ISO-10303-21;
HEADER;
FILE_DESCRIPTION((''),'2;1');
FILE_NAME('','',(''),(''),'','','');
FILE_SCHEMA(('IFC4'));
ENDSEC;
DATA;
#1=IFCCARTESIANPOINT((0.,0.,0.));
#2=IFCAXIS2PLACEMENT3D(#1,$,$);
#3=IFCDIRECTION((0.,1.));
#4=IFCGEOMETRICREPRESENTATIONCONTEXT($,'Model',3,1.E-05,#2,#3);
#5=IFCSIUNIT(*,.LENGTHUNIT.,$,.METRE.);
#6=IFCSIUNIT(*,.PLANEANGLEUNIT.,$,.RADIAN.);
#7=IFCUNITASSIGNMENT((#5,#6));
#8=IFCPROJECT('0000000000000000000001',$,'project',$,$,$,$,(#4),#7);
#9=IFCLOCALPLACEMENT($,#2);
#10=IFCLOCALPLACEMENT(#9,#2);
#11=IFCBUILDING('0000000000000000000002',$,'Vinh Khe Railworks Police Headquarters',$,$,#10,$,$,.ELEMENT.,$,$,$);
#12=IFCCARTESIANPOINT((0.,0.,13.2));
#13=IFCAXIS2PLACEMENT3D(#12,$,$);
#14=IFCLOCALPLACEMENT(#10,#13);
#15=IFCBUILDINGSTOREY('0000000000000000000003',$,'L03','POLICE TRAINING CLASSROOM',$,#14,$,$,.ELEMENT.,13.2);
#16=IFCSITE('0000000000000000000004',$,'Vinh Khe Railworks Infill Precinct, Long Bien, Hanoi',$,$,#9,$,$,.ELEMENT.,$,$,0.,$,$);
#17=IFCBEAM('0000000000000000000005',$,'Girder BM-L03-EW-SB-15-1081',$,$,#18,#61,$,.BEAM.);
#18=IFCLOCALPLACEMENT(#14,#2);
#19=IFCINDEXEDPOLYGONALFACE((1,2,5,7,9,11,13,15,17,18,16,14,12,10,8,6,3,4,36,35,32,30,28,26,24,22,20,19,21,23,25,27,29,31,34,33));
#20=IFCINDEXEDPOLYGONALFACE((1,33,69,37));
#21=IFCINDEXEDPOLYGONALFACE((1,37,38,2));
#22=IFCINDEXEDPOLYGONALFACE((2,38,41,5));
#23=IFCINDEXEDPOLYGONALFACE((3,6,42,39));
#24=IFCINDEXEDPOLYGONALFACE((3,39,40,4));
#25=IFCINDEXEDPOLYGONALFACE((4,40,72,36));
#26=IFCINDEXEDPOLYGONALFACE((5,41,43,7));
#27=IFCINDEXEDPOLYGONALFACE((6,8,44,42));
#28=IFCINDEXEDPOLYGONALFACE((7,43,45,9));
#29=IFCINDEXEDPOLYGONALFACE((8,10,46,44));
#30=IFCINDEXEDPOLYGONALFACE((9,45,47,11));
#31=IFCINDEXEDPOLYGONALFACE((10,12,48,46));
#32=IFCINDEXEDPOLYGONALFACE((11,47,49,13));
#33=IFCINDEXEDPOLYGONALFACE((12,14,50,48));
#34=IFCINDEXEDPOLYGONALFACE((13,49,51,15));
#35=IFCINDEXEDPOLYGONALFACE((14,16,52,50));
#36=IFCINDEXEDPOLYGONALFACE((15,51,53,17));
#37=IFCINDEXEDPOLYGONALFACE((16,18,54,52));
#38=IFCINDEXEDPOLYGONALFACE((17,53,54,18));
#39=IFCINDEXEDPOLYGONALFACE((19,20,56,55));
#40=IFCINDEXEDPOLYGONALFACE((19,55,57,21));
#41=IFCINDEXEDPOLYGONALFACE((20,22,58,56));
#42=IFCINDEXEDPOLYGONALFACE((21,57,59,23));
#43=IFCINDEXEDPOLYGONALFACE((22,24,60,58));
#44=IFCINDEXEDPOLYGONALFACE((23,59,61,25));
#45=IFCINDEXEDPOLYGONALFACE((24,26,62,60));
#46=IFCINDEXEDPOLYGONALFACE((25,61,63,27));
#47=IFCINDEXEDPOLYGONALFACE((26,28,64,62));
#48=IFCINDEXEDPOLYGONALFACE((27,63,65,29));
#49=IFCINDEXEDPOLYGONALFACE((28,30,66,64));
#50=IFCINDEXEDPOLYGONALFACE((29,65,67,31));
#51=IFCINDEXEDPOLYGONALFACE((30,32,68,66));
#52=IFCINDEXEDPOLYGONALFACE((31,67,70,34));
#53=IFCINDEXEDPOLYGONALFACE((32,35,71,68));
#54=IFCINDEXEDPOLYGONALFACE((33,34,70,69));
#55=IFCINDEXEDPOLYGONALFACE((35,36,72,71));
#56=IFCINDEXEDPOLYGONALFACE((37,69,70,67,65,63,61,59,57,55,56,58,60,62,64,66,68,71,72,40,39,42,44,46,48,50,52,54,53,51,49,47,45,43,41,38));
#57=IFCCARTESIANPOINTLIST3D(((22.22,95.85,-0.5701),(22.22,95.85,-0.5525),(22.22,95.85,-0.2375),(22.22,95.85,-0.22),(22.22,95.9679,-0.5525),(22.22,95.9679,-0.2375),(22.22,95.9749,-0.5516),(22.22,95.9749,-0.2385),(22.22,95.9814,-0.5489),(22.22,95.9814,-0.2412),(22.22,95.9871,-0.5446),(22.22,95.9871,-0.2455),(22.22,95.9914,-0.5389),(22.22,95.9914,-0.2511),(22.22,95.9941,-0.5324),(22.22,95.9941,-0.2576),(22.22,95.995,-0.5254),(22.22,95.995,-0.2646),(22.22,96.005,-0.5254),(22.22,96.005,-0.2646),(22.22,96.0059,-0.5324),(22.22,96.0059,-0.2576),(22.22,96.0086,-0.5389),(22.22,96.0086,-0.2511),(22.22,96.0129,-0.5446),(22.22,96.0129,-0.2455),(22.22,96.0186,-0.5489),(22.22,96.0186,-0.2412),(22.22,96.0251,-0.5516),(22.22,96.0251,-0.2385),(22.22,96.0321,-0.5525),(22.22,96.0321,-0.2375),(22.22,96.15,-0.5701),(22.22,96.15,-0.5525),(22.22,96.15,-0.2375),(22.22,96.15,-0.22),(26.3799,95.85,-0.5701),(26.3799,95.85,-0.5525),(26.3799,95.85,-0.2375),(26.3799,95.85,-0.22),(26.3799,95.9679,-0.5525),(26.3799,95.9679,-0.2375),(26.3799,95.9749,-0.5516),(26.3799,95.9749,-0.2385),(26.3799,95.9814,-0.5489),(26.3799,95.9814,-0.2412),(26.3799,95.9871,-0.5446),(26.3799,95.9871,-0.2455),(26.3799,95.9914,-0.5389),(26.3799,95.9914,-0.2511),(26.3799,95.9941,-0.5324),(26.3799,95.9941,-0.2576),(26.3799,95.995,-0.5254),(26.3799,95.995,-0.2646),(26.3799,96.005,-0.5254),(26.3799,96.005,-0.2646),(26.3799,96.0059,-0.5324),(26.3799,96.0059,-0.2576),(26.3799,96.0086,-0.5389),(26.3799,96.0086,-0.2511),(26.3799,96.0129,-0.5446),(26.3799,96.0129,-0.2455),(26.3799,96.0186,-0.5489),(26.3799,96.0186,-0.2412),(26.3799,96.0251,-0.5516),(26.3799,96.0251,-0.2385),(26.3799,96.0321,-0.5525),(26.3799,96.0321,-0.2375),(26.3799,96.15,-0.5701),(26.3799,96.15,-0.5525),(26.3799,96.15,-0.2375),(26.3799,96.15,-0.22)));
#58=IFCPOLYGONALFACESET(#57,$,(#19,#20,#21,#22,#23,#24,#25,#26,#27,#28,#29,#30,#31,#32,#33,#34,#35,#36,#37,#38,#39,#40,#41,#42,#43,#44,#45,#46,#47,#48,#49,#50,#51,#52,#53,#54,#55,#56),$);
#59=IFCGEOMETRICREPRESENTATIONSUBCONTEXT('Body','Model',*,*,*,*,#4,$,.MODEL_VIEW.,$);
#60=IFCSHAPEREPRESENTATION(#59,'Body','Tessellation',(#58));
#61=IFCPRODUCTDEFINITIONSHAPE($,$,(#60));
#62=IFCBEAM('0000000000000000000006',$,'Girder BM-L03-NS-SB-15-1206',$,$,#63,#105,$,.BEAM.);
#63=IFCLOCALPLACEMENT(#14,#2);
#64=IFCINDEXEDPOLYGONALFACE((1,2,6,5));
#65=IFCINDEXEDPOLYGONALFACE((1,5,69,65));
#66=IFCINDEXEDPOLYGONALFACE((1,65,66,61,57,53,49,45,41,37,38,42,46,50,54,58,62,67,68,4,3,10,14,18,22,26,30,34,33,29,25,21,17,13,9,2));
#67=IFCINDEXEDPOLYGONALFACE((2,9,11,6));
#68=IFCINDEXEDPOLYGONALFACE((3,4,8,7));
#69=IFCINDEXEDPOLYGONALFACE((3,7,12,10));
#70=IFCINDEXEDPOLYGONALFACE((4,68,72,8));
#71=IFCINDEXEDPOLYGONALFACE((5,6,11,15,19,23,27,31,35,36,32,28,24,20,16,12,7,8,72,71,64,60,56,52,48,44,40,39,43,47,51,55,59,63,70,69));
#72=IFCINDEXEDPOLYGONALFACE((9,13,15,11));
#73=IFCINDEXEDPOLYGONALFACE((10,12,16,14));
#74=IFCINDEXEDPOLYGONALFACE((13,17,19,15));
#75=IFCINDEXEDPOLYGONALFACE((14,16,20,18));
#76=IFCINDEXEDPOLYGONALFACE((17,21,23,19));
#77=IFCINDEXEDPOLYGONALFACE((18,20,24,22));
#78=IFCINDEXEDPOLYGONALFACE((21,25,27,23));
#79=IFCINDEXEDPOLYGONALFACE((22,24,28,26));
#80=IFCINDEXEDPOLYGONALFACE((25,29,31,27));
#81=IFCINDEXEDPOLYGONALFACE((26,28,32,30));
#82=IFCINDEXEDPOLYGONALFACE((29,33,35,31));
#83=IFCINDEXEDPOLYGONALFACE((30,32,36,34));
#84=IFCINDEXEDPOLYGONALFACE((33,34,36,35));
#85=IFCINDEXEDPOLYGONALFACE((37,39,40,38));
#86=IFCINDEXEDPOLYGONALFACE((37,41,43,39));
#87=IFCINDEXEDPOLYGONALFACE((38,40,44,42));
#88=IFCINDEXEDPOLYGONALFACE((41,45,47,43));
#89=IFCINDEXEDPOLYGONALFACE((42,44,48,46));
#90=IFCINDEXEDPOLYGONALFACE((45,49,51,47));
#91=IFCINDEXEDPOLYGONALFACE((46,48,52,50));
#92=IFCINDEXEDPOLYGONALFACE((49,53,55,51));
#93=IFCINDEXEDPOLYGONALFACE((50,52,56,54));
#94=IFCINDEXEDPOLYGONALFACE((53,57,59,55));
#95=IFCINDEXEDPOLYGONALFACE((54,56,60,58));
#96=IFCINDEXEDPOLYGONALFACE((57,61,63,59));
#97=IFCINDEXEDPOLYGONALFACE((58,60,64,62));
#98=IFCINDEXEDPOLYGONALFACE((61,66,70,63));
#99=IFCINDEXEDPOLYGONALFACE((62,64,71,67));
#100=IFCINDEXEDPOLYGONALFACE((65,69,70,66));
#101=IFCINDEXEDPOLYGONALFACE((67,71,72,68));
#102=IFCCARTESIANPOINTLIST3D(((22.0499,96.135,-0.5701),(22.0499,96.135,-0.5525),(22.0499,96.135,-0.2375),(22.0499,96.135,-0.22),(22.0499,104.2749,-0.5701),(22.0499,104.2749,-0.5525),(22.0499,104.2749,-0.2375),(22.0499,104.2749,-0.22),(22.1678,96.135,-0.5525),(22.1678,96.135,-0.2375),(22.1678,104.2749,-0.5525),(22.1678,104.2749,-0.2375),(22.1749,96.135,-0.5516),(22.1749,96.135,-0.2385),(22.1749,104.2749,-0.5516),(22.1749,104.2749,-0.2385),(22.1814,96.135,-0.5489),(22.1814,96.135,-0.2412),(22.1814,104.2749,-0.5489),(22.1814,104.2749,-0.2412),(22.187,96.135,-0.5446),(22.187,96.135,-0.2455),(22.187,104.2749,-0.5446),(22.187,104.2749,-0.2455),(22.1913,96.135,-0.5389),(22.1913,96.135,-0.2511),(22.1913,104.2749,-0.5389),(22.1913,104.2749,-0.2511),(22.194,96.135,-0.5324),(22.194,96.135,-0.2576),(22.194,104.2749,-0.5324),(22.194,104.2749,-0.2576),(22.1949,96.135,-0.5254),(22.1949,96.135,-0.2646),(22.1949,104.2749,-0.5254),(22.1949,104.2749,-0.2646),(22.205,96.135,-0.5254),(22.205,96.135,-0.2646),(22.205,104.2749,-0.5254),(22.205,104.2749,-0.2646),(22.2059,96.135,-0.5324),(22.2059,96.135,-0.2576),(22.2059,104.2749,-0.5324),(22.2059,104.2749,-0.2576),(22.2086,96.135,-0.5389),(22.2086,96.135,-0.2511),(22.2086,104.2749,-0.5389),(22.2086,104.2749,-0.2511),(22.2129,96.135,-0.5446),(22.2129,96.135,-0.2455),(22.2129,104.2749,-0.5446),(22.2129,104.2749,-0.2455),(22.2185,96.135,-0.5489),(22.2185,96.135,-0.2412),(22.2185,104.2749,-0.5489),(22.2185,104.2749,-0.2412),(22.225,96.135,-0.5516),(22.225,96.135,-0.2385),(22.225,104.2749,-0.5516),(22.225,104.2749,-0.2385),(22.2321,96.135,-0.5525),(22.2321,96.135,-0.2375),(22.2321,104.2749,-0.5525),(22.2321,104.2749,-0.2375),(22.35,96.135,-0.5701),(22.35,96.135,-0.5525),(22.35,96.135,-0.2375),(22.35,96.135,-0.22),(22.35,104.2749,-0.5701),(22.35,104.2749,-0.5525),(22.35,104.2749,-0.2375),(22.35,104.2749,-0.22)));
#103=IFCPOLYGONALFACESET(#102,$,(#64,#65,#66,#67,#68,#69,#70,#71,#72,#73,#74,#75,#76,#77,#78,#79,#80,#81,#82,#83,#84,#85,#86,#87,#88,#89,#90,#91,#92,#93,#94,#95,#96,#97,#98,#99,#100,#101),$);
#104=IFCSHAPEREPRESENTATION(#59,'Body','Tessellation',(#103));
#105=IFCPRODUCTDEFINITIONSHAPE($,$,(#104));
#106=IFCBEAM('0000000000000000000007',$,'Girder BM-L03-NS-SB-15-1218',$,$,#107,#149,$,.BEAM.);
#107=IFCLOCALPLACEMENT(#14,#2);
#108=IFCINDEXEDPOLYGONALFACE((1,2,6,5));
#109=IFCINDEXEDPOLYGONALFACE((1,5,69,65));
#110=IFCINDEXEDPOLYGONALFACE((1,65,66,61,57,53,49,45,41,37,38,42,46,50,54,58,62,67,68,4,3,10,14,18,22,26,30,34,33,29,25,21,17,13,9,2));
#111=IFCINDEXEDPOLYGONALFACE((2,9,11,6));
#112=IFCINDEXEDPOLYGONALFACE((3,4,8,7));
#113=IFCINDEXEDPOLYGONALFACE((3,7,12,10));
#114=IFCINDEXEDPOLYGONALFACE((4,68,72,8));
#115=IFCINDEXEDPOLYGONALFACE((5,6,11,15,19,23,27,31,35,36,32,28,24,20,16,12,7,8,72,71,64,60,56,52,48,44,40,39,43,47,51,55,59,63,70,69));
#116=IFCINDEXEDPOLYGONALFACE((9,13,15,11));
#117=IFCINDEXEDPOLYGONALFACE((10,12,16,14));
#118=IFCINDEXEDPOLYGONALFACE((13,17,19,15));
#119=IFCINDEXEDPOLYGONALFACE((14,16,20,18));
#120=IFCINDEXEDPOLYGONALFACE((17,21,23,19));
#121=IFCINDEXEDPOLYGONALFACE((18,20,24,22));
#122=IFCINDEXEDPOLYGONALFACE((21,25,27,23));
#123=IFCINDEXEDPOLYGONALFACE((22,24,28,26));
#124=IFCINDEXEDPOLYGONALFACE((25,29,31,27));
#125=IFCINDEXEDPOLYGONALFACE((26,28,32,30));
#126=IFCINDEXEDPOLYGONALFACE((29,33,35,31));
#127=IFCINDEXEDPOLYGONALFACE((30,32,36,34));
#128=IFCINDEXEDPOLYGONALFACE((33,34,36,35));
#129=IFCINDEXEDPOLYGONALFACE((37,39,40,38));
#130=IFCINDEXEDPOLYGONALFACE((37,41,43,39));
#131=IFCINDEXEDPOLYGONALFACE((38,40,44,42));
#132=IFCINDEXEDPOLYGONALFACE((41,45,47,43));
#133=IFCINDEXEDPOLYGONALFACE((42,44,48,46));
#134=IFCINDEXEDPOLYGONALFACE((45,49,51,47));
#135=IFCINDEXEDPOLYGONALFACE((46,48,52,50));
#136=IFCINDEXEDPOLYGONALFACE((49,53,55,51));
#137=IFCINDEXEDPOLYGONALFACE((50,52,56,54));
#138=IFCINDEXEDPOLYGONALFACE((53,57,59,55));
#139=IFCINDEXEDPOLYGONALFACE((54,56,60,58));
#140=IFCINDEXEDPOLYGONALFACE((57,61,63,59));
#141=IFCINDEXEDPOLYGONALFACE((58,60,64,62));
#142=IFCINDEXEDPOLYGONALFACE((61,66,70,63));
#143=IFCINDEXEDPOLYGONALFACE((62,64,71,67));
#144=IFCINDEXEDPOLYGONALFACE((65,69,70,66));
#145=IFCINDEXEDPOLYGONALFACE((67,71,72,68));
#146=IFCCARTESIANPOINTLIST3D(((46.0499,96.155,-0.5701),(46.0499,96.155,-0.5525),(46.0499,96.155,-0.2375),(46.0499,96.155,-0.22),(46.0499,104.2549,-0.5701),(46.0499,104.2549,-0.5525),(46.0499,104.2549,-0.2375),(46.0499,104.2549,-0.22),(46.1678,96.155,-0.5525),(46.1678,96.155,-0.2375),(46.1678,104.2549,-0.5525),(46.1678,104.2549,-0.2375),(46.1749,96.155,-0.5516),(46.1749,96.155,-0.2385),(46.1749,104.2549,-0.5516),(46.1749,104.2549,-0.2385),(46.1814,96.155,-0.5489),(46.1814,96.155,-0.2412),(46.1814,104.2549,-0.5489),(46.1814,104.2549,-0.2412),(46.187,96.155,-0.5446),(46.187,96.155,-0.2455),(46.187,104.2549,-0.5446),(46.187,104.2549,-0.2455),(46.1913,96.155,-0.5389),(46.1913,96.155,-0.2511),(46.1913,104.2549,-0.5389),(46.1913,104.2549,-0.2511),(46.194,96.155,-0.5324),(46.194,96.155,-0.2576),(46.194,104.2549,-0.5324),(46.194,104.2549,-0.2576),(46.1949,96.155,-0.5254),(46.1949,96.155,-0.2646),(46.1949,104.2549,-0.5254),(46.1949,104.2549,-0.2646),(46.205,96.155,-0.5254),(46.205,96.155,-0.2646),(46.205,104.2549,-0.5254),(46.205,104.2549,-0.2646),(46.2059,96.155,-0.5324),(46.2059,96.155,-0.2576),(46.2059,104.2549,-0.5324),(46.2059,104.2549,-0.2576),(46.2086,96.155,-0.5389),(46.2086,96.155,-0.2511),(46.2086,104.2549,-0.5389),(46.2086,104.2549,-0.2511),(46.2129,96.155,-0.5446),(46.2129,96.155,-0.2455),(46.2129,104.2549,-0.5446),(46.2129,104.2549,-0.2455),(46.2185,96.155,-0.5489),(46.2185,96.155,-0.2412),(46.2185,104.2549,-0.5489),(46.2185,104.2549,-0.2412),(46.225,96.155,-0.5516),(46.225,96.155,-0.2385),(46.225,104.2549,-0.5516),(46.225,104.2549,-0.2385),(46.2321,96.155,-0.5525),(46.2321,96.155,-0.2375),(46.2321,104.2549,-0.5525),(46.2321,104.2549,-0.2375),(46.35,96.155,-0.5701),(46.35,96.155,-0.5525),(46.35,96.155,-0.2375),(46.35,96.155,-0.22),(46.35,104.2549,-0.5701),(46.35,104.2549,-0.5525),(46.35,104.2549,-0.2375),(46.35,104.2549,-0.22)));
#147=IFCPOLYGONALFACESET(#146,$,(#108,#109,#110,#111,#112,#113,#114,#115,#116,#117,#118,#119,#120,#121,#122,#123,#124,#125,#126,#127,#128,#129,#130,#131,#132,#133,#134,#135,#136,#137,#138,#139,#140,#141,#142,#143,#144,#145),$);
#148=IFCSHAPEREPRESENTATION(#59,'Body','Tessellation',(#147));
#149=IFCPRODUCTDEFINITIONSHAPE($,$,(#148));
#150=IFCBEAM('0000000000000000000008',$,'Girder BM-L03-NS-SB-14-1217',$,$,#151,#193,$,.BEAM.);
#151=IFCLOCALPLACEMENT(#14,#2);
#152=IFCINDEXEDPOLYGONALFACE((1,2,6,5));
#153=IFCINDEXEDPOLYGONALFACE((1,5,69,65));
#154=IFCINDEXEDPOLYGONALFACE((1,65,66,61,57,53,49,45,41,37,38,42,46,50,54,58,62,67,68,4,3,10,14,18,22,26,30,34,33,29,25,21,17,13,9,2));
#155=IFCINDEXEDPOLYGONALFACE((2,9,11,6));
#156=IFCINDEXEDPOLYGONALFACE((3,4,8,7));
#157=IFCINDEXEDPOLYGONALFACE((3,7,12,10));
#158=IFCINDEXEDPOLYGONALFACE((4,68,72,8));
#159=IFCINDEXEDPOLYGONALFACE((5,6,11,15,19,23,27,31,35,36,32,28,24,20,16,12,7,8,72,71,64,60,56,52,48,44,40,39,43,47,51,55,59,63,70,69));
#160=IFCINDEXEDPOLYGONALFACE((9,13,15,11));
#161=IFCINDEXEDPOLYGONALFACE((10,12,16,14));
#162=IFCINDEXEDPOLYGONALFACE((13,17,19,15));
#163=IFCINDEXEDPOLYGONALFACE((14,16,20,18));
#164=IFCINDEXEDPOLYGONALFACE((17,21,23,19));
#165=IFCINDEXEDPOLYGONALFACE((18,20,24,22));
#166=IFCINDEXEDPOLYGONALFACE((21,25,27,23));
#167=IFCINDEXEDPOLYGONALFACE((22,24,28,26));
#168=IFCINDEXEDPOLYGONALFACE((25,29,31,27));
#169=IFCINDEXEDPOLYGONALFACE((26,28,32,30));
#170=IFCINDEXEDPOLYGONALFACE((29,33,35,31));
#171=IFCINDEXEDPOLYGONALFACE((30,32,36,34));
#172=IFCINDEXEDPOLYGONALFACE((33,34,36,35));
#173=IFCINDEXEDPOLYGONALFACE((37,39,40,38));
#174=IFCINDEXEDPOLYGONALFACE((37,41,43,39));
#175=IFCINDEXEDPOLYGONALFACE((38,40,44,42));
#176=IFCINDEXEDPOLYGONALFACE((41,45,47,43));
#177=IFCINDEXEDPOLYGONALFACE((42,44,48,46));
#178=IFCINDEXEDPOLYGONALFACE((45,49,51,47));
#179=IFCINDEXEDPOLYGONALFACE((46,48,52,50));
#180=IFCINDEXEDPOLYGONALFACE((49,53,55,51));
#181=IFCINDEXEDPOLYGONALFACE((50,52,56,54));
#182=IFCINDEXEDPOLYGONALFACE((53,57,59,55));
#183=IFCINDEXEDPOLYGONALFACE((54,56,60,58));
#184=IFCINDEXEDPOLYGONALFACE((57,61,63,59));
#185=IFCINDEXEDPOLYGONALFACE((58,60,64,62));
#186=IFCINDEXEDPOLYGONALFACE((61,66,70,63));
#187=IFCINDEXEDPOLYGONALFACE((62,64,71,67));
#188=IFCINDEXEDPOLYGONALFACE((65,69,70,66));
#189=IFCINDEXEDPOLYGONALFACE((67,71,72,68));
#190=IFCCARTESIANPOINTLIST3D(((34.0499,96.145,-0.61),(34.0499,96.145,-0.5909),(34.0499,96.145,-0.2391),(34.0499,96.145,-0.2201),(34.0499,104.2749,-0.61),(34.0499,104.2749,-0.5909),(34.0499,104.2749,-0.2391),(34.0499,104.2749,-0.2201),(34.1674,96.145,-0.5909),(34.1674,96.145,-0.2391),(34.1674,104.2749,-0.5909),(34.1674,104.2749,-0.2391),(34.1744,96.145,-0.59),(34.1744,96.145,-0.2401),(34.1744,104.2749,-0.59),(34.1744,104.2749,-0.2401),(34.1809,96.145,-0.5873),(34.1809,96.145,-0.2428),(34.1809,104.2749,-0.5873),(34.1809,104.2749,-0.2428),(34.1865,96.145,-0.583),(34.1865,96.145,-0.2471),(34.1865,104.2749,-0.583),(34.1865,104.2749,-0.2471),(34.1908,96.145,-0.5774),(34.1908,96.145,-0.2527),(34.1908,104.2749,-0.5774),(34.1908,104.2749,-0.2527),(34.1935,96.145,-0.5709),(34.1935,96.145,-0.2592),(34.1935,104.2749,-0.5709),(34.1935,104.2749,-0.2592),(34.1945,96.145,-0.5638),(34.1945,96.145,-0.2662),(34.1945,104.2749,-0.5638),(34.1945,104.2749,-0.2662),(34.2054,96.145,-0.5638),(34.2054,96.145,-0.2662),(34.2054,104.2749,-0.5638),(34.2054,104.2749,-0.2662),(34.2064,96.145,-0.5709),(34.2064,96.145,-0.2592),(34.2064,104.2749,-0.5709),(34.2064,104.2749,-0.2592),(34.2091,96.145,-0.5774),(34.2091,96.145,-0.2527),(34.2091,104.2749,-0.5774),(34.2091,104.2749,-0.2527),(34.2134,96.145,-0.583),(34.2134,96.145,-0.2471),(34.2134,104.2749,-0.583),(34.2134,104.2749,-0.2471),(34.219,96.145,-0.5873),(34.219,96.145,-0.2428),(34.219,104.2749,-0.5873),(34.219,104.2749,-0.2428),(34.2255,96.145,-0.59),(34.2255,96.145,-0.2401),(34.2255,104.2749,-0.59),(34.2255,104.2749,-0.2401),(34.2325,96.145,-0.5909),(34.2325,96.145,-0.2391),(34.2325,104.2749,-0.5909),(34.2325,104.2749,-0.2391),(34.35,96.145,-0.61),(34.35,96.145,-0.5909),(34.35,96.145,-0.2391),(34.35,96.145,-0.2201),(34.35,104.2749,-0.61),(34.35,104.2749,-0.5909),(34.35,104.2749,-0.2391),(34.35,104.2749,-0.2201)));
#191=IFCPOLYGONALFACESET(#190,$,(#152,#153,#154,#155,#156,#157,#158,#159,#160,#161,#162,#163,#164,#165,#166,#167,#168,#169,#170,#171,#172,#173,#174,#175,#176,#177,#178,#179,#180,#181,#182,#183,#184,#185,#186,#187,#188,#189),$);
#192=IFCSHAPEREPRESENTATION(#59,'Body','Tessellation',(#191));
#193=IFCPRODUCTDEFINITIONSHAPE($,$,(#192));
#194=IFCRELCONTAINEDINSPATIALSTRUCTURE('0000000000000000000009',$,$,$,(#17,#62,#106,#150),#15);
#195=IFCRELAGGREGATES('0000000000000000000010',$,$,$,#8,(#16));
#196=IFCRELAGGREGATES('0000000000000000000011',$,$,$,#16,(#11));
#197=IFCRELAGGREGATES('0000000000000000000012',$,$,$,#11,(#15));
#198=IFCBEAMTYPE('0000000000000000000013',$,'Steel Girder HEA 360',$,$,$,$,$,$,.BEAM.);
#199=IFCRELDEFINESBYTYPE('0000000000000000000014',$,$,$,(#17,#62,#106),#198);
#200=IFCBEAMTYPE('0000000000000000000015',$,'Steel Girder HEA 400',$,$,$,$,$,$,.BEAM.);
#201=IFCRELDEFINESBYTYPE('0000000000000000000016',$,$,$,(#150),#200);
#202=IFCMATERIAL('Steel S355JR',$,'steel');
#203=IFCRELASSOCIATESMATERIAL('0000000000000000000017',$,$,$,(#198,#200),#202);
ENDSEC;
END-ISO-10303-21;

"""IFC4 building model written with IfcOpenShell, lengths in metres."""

from ifc_helpers import new_model, si_unit, direction, frame, origin, origin_2d, place, context, subcontext, project, spatial, i_section, extrude, material, material_profile, profile_set, type_object, element, save


model = new_model("IFC4")

# Units and contexts
model_context = context("Model", 3, precision=1e-05, world=origin(), true_north=direction((0.0, 1.0)))
body_context = subcontext(model_context, "Body", "Model", "MODEL_VIEW")
ifc_project = project(units=[si_unit("LENGTHUNIT", "METRE"), si_unit("PLANEANGLEUNIT", "RADIAN")], contexts=[model_context])

# Site, building, storey
site_placement = place(None, origin())
site = spatial("IfcSite", under=ifc_project, at=site_placement, Name="Vinh Khe Railworks Infill Precinct, Long Bien, Hanoi", CompositionType="ELEMENT", RefElevation=0.0)
building_placement = place(site_placement, origin())
building = spatial("IfcBuilding", under=site, at=building_placement, Name="Vinh Khe Railworks Police Headquarters", CompositionType="ELEMENT")
storey_placement = place(building_placement, frame((0.0, 0.0, 13.2)))
storey = spatial("IfcBuildingStorey", under=building, at=storey_placement, Name="L03", Description="POLICE TRAINING CLASSROOM", CompositionType="ELEMENT", Elevation=13.2)

# Shared definitions
ifc_material_1 = material(Name="Steel S355JR", Category="steel")

# Beams
ifc_material_profile_1 = material_profile(ifc_material_1, i_section(OverallWidth=0.3, OverallDepth=0.3501, WebThickness=0.01, FlangeThickness=0.0176, FilletRadius=0.0271, at=origin_2d()), Name="HEA 360")
ifc_profile_set_1 = profile_set([ifc_material_profile_1], Name="Steel S355JR")
beam_type_1 = type_object("IfcBeamType", Name="Steel Girder HEA 360", PredefinedType="BEAM", material=ifc_profile_set_1)
beam_1_placement = place(storey_placement, frame((22.22, 96.0, -0.395), z_axis=(1.0, 0.0, 0.0), x_axis=(0.0, 1.0, 0.0)))
element("IfcBeam", 1, at=beam_1_placement, inside=storey, type_object=beam_type_1, Name="Girder BM-L03-EW-SB-15-1081", PredefinedType="BEAM", context=body_context, shape_type="SweptSolid", body=[
    extrude(i_section(OverallWidth=0.3, OverallDepth=0.3501, WebThickness=0.01, FlangeThickness=0.0176, FilletRadius=0.0271, at=origin_2d()), origin(), (0.0, 0.0, 1.0), 4.1599),
])
beam_2_placement = place(storey_placement, frame((22.2, 96.135, -0.395), z_axis=(0.0, 1.0, 0.0), x_axis=(-1.0, 0.0, 0.0)))
element("IfcBeam", 2, at=beam_2_placement, inside=storey, type_object=beam_type_1, Name="Girder BM-L03-NS-SB-15-1206", PredefinedType="BEAM", context=body_context, shape_type="SweptSolid", body=[
    extrude(i_section(OverallWidth=0.3, OverallDepth=0.3501, WebThickness=0.01, FlangeThickness=0.0176, FilletRadius=0.0271, at=origin_2d()), origin(), (0.0, 0.0, 1.0), 8.1399),
])
beam_3_placement = place(storey_placement, frame((46.2, 96.155, -0.395), z_axis=(0.0, 1.0, 0.0), x_axis=(-1.0, 0.0, 0.0)))
element("IfcBeam", 3, at=beam_3_placement, inside=storey, type_object=beam_type_1, Name="Girder BM-L03-NS-SB-15-1218", PredefinedType="BEAM", context=body_context, shape_type="SweptSolid", body=[
    extrude(i_section(OverallWidth=0.3, OverallDepth=0.3501, WebThickness=0.01, FlangeThickness=0.0176, FilletRadius=0.0271, at=origin_2d()), origin(), (0.0, 0.0, 1.0), 8.0999),
])
ifc_material_profile_2 = material_profile(ifc_material_1, i_section(OverallWidth=0.3, OverallDepth=0.3899, WebThickness=0.011, FlangeThickness=0.019, FilletRadius=0.0271, at=origin_2d()), Name="HEA 400")
ifc_profile_set_2 = profile_set([ifc_material_profile_2], Name="Steel S355JR")
beam_type_2 = type_object("IfcBeamType", Name="Steel Girder HEA 400", PredefinedType="BEAM", material=ifc_profile_set_2)
beam_4_placement = place(storey_placement, frame((34.2, 96.145, -0.415), z_axis=(0.0, 1.0, 0.0), x_axis=(-1.0, 0.0, 0.0)))
element("IfcBeam", 4, at=beam_4_placement, inside=storey, type_object=beam_type_2, Name="Girder BM-L03-NS-SB-14-1217", PredefinedType="BEAM", context=body_context, shape_type="SweptSolid", body=[
    extrude(i_section(OverallWidth=0.3, OverallDepth=0.3899, WebThickness=0.011, FlangeThickness=0.019, FilletRadius=0.0271, at=origin_2d()), origin(), (0.0, 0.0, 1.0), 8.1299),
])

save(model, "model.ifc")
